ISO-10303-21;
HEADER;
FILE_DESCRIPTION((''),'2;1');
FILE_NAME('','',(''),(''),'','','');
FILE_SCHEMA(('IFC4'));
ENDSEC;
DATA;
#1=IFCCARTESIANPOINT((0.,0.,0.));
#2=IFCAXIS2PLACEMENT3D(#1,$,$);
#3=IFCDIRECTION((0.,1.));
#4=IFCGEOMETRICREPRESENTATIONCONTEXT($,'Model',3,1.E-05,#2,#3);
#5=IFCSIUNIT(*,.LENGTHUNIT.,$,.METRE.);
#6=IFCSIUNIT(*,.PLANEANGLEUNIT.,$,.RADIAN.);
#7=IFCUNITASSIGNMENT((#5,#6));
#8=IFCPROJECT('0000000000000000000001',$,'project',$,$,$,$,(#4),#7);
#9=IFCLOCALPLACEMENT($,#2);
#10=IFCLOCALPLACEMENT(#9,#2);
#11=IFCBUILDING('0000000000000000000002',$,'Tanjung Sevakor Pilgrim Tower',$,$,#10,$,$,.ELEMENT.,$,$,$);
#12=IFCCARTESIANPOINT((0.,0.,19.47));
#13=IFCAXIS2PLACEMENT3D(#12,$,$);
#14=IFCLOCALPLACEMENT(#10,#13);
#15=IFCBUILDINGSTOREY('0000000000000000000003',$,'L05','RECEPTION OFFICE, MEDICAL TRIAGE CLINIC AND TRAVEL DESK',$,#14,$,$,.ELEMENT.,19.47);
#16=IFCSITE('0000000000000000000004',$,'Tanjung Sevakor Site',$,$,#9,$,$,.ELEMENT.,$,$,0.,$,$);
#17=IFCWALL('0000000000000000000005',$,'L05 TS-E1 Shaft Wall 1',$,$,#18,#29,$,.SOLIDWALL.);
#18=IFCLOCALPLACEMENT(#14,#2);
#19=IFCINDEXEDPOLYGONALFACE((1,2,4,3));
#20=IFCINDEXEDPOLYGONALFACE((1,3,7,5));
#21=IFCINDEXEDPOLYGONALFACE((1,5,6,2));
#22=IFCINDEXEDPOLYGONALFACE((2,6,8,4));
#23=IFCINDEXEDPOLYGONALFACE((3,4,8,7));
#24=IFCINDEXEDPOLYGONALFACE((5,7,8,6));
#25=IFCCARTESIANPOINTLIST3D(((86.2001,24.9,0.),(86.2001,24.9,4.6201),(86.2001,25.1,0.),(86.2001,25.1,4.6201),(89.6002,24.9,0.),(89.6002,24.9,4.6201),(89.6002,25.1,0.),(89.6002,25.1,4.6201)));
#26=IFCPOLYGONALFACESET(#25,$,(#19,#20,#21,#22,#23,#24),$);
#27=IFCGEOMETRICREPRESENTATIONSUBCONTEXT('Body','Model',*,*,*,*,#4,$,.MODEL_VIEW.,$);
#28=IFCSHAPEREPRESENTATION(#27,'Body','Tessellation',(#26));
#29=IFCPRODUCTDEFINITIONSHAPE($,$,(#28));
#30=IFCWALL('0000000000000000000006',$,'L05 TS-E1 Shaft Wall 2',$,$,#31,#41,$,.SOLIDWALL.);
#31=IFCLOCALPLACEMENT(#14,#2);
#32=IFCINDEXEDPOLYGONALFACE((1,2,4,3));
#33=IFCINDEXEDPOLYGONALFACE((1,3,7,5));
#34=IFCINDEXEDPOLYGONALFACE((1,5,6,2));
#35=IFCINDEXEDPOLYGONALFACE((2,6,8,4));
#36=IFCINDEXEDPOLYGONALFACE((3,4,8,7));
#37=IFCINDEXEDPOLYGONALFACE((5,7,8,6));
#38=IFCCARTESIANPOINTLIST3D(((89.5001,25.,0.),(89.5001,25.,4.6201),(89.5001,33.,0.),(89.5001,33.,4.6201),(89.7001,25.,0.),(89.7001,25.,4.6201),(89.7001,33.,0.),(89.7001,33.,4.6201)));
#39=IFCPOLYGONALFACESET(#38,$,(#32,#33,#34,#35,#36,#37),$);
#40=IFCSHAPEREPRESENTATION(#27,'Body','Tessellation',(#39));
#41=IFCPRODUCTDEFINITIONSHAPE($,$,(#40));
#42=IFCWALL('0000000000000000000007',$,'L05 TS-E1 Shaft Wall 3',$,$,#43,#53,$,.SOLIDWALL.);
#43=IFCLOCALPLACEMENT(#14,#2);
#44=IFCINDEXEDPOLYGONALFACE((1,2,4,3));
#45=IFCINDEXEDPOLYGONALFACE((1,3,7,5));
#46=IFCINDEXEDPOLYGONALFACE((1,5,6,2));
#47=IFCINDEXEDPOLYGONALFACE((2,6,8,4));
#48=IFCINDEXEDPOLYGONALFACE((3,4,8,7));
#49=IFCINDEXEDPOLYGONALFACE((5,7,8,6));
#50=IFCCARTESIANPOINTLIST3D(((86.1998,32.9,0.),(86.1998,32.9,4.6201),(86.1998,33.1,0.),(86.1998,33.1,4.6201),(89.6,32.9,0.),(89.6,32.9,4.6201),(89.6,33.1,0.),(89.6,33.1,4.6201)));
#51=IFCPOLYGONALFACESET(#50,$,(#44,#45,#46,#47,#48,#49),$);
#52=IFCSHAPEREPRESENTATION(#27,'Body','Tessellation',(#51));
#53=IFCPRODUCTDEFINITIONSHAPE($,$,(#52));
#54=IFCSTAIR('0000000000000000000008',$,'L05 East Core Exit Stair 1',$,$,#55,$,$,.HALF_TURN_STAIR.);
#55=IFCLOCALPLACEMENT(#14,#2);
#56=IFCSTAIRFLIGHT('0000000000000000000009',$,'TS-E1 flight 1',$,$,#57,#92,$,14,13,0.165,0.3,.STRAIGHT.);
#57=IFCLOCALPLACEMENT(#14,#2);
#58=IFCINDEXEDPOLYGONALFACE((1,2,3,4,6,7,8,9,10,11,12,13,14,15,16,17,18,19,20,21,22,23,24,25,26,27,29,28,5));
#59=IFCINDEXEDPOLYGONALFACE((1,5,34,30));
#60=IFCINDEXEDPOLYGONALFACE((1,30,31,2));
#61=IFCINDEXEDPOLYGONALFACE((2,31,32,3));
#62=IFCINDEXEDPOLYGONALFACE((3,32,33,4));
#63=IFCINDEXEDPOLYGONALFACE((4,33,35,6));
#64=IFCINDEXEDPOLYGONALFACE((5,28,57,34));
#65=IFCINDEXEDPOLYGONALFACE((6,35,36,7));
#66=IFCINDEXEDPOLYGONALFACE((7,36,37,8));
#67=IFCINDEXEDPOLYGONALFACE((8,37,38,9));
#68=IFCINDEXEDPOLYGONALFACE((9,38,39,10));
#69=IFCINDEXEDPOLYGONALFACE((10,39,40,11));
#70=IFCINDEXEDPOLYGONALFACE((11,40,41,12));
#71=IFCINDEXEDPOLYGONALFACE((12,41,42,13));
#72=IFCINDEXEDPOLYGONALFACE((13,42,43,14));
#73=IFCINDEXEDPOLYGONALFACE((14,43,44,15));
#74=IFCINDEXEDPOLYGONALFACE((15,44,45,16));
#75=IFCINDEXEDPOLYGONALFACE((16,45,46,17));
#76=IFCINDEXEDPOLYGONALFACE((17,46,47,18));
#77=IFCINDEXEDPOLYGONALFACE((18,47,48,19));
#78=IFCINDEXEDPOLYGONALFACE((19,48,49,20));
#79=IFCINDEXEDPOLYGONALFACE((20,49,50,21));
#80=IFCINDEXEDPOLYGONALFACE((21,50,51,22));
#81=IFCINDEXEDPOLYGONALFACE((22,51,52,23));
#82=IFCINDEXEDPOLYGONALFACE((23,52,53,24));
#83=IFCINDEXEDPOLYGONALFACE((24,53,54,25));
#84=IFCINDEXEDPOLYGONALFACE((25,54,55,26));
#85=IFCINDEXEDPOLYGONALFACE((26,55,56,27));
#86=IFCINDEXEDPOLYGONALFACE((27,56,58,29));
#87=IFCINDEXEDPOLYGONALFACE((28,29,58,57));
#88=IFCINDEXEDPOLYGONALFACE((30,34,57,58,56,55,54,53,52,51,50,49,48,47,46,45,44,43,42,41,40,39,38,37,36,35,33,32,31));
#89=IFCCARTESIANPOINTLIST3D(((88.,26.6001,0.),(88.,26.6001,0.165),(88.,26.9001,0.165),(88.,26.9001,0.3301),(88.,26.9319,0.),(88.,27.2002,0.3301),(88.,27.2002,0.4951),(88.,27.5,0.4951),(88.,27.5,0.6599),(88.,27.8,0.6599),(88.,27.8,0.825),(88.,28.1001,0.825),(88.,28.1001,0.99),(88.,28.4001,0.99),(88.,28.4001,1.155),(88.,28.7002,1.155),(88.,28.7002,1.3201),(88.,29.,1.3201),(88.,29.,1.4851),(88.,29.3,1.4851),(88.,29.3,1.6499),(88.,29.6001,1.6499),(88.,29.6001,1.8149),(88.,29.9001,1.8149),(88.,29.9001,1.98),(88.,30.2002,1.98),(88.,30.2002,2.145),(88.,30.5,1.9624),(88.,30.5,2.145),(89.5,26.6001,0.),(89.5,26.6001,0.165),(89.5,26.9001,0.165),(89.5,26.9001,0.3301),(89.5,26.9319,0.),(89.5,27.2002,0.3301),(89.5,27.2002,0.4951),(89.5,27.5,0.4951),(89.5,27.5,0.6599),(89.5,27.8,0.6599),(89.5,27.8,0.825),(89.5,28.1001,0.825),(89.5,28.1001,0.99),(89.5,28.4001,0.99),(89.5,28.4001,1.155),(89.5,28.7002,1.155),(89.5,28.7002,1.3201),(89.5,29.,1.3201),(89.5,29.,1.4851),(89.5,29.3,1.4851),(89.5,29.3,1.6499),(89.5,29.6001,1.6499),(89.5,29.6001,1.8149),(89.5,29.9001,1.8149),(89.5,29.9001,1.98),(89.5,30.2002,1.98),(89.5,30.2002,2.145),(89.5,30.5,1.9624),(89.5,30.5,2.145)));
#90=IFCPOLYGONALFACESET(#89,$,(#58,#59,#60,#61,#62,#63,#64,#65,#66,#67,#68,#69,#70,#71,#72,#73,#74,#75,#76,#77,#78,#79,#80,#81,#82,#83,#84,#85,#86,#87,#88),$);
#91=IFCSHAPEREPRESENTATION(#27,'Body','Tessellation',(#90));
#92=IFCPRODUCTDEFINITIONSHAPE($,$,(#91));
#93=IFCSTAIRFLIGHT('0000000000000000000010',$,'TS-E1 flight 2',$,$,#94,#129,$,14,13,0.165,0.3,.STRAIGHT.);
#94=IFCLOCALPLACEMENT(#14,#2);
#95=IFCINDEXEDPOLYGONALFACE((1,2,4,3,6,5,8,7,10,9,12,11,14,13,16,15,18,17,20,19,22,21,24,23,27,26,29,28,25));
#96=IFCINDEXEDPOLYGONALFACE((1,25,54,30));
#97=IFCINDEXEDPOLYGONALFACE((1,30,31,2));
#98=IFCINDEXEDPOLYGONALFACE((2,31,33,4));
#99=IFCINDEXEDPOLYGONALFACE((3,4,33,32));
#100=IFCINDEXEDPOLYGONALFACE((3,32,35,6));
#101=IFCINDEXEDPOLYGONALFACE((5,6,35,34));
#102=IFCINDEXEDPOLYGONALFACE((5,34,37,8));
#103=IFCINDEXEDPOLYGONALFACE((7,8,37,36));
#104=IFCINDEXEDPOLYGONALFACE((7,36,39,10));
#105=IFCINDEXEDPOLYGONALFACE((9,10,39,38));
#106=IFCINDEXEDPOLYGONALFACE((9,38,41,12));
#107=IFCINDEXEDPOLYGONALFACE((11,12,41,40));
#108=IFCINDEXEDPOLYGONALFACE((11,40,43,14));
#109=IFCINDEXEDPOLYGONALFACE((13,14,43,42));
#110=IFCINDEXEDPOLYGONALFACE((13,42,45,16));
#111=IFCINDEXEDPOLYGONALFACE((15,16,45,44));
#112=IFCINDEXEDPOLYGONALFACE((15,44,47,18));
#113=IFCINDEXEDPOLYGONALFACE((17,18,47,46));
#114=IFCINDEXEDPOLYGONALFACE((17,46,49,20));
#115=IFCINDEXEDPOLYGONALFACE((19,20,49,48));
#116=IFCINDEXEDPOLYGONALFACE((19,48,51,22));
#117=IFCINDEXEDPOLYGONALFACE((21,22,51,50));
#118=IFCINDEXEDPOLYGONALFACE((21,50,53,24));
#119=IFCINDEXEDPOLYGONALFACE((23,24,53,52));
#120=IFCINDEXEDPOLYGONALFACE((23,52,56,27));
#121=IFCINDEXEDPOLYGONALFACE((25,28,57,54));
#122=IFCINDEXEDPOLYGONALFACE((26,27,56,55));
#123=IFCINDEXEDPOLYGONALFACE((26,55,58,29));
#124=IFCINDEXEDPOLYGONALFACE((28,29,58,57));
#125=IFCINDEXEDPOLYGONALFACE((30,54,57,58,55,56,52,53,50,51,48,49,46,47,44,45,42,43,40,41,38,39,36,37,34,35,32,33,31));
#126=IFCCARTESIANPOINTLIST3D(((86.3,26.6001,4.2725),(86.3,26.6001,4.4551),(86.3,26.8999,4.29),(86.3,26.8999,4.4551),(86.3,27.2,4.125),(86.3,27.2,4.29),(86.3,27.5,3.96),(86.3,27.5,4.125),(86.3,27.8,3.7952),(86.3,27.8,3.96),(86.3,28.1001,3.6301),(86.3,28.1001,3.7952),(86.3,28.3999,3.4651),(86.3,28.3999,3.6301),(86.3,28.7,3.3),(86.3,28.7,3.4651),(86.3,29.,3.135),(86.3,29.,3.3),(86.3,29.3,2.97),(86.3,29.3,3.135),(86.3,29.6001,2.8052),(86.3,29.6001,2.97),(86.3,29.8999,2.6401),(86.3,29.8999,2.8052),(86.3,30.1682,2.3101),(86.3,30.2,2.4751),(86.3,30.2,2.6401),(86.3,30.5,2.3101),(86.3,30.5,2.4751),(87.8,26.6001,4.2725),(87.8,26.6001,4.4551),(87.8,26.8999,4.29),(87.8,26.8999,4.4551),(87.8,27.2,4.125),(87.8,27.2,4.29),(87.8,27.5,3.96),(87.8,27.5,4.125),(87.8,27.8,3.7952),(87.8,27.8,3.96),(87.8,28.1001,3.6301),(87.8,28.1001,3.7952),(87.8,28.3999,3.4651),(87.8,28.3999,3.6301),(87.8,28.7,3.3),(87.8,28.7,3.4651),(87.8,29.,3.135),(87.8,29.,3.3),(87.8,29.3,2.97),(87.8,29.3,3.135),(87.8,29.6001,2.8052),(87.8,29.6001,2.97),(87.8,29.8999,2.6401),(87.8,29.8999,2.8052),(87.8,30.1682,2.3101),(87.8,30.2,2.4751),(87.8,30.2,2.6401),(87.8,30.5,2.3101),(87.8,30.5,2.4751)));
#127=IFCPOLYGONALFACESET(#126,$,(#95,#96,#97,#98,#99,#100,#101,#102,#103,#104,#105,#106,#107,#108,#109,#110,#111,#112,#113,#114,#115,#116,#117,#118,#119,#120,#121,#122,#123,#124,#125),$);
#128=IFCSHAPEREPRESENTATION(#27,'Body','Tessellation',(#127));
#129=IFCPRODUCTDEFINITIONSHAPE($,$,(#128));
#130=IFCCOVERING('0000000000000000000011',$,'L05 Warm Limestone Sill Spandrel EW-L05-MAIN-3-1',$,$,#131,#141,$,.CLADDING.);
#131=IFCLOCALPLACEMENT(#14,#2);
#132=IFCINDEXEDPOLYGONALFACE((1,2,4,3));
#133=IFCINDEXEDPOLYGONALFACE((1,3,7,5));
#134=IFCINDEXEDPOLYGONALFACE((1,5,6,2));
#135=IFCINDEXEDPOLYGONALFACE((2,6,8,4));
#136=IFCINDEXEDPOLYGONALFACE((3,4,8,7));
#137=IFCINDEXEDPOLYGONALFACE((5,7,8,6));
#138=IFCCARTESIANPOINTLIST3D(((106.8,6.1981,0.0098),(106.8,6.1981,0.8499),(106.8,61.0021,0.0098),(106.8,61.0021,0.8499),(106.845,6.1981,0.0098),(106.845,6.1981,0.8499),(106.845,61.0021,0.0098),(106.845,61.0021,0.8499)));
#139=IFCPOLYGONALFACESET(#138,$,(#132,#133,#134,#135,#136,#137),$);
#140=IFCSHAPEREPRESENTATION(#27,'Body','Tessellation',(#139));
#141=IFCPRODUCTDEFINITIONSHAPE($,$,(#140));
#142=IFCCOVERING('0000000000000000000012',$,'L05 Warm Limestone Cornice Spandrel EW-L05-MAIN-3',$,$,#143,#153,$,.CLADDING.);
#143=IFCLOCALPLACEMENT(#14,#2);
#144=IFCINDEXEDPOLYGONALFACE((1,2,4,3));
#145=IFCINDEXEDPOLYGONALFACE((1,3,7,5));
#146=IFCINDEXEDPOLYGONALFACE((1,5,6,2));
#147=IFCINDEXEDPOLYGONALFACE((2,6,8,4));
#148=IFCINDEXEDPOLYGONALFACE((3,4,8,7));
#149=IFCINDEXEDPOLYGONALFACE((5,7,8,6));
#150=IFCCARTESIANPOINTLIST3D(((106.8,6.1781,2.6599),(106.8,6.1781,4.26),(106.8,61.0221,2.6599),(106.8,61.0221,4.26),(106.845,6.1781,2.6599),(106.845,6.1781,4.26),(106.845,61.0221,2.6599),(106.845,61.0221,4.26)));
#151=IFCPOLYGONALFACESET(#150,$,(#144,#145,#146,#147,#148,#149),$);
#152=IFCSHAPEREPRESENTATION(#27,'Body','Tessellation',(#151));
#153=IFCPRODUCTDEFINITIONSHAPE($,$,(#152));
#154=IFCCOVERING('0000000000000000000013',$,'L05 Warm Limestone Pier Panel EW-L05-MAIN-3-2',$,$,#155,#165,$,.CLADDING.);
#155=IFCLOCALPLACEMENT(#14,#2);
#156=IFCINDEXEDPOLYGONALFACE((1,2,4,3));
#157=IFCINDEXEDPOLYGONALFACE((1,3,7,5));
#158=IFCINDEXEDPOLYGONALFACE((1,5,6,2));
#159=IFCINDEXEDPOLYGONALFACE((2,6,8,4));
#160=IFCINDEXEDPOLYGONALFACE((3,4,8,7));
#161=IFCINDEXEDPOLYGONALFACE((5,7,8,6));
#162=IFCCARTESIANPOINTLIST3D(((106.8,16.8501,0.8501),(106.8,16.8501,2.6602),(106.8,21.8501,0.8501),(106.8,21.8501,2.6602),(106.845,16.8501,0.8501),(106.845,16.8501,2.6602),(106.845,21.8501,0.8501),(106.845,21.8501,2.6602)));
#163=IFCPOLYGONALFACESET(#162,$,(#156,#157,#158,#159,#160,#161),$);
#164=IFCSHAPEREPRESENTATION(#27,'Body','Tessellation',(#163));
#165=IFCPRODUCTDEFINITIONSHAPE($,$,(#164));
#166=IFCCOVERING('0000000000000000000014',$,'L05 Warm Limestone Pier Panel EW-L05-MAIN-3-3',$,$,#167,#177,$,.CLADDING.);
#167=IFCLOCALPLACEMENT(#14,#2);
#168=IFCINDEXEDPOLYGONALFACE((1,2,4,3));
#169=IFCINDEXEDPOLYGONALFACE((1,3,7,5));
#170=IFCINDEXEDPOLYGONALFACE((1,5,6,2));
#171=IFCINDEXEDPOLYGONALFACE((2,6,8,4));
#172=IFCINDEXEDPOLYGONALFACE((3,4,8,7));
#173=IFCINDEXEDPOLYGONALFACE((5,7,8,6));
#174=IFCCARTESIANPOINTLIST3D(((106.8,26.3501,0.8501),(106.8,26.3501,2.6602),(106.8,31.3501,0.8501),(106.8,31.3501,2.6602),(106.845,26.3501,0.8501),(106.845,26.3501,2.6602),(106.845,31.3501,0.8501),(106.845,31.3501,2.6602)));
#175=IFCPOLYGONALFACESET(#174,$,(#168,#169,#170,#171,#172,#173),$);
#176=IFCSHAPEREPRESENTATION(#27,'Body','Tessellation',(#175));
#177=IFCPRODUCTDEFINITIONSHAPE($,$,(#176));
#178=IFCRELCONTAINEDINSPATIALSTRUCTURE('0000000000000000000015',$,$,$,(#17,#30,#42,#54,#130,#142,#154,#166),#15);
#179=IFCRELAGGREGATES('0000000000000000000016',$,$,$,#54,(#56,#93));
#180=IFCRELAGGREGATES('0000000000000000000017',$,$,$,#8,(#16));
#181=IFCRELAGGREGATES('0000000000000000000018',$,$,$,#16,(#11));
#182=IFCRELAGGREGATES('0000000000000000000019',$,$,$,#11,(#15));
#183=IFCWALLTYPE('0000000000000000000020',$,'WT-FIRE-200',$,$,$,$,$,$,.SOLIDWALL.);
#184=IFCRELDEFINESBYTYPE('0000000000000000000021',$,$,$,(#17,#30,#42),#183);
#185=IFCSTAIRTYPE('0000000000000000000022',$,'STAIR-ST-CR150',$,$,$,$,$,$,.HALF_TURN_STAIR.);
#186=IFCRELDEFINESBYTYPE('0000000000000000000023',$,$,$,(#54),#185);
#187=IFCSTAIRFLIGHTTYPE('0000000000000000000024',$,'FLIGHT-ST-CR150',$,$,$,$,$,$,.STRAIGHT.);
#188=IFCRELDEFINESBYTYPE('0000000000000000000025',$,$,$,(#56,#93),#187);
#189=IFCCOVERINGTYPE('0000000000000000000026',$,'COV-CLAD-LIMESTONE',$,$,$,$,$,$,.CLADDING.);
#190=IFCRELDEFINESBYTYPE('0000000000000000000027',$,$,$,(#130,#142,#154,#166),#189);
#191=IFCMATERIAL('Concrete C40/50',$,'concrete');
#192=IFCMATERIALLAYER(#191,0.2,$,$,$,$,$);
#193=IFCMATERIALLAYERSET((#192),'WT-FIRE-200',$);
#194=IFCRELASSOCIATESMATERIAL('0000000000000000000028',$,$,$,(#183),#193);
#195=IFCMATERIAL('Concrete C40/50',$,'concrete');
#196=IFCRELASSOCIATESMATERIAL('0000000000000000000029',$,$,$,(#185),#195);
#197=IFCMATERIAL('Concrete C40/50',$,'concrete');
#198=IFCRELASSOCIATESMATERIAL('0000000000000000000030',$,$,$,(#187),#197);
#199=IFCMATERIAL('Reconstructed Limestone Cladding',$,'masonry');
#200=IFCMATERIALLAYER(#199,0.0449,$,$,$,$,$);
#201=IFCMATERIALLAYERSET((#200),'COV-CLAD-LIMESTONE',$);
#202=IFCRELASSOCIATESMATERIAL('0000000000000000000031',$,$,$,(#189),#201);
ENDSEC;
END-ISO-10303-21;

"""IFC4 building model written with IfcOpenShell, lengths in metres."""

from ifc_helpers import new_model, si_unit, direction, frame, frame_2d, origin, origin_2d, place, context, subcontext, project, spatial, polyline, rectangle, outline, extrude, material, layer, layer_set, type_object, element, aggregate, save


model = new_model("IFC4")

# Units and contexts
model_context = context("Model", 3, precision=1e-05, world=origin(), true_north=direction((0.0, 1.0)))
body_context = subcontext(model_context, "Body", "Model", "MODEL_VIEW")
ifc_project = project(units=[si_unit("LENGTHUNIT", "METRE"), si_unit("PLANEANGLEUNIT", "RADIAN")], contexts=[model_context])

# Site, building, storey
site_placement = place(None, origin())
site = spatial("IfcSite", under=ifc_project, at=site_placement, Name="Tanjung Sevakor Site", CompositionType="ELEMENT", RefElevation=0.0)
building_placement = place(site_placement, origin())
building = spatial("IfcBuilding", under=site, at=building_placement, Name="Tanjung Sevakor Pilgrim Tower", CompositionType="ELEMENT")
storey_placement = place(building_placement, frame((0.0, 0.0, 19.47)))
storey = spatial("IfcBuildingStorey", under=building, at=storey_placement, Name="L05", Description="RECEPTION OFFICE, MEDICAL TRIAGE CLINIC AND TRAVEL DESK", CompositionType="ELEMENT", Elevation=19.47)

# Walls
ifc_material_1 = material(Name="Concrete C40/50", Category="concrete")
ifc_layer_1 = layer(ifc_material_1, 0.2)
ifc_layer_set_1 = layer_set([ifc_layer_1], Name="WT-FIRE-200")
wall_type_1 = type_object("IfcWallType", Name="WT-FIRE-200", PredefinedType="SOLIDWALL", material=ifc_layer_set_1)
wall_1_placement = place(storey_placement, frame((86.2, 25.0, 0.0), z_axis=(0.0, 0.0, 1.0), x_axis=(1.0, 0.0, 0.0)))
element("IfcWall", 1, at=wall_1_placement, inside=storey, type_object=wall_type_1, Name="L05 TS-E1 Shaft Wall 1", PredefinedType="SOLIDWALL", context=body_context, shape_type="SweptSolid", body=[
    extrude(rectangle(XDim=3.4001, YDim=0.2, at=frame_2d((1.7002, 0.0))), origin(), (0.0, 0.0, 1.0), 4.6201),
])
wall_2_placement = place(storey_placement, frame((89.6001, 25.0, 0.0), z_axis=(0.0, 0.0, 1.0), x_axis=(0.0, 1.0, 0.0)))
element("IfcWall", 2, at=wall_2_placement, inside=storey, type_object=wall_type_1, Name="L05 TS-E1 Shaft Wall 2", PredefinedType="SOLIDWALL", context=body_context, shape_type="SweptSolid", body=[
    extrude(rectangle(XDim=8.0, YDim=0.2, at=frame_2d((4.0, 0.0))), origin(), (0.0, 0.0, 1.0), 4.6201),
])
wall_3_placement = place(storey_placement, frame((89.6001, 33.0, 0.0), z_axis=(0.0, 0.0, 1.0), x_axis=(-1.0, 0.0, 0.0)))
element("IfcWall", 3, at=wall_3_placement, inside=storey, type_object=wall_type_1, Name="L05 TS-E1 Shaft Wall 3", PredefinedType="SOLIDWALL", context=body_context, shape_type="SweptSolid", body=[
    extrude(rectangle(XDim=3.4001, YDim=0.2, at=frame_2d((1.7002, 0.0))), origin(), (0.0, 0.0, 1.0), 4.6201),
])

# Stair, stair flights
ifc_material_2 = material(Name="Concrete C40/50", Category="concrete")
stair_type = type_object("IfcStairType", Name="STAIR-ST-CR150", PredefinedType="HALF_TURN_STAIR", material=ifc_material_2)
stair_placement = place(storey_placement, origin())
stair = element("IfcStair", 4, at=stair_placement, inside=storey, type_object=stair_type, Name="L05 East Core Exit Stair 1", PredefinedType="HALF_TURN_STAIR")
ifc_material_3 = material(Name="Concrete C40/50", Category="concrete")
stair_flight_type = type_object("IfcStairFlightType", Name="FLIGHT-ST-CR150", PredefinedType="STRAIGHT", material=ifc_material_3)
stair_flight_1_placement = place(storey_placement, frame((88.75, 26.6001, 0.0), z_axis=(0.0, 0.0, 1.0), x_axis=(0.0, 1.0, 0.0)))
stair_flight_1 = element("IfcStairFlight", 5, at=stair_flight_1_placement, type_object=stair_flight_type, Name="TS-E1 flight 1", NumberOfRisers=14, NumberOfTreads=13, PredefinedType="STRAIGHT", RiserHeight=0.165, TreadLength=0.3, context=body_context, shape_type="SweptSolid", body=[
    extrude(outline(polyline([(0.0, 0.0), (0.0, 0.165), (0.3, 0.165), (0.3, 0.3301), (0.6001, 0.3301), (0.6001, 0.4951), (0.8999, 0.4951), (0.8999, 0.6599), (1.2, 0.6599), (1.2, 0.825), (1.5, 0.825), (1.5, 0.99), (1.8, 0.99), (1.8, 1.155), (2.1001, 1.155), (2.1001, 1.3201), (2.3999, 1.3201), (2.3999, 1.4851), (2.7, 1.4851), (2.7, 1.6499), (3.0, 1.6499), (3.0, 1.8149), (3.3, 1.8149), (3.3, 1.98), (3.6001, 1.98), (3.6001, 2.145), (3.8999, 2.145), (3.8999, 2.3101), (3.8999, 1.9624), (0.3318, 0.0), (0.0, 0.0)])), frame((0.0, 0.75, 0.0), z_axis=(0.0, -1.0, 0.0), x_axis=(1.0, 0.0, 0.0)), (0.0, 0.0, 1.0), 1.5),
])
stair_flight_2_placement = place(storey_placement, frame((87.05, 30.5, 2.3101), z_axis=(0.0, 0.0, 1.0), x_axis=(0.0, -1.0, 0.0)))
stair_flight_2 = element("IfcStairFlight", 6, at=stair_flight_2_placement, type_object=stair_flight_type, Name="TS-E1 flight 2", NumberOfRisers=14, NumberOfTreads=13, PredefinedType="STRAIGHT", RiserHeight=0.165, TreadLength=0.3, context=body_context, shape_type="SweptSolid", body=[
    extrude(outline(polyline([(0.0, 0.0), (0.0, 0.165), (0.3, 0.165), (0.3, 0.3301), (0.6001, 0.3301), (0.6001, 0.4951), (0.8999, 0.4951), (0.8999, 0.6599), (1.2, 0.6599), (1.2, 0.825), (1.5, 0.825), (1.5, 0.99), (1.8, 0.99), (1.8, 1.155), (2.1001, 1.155), (2.1001, 1.3201), (2.3999, 1.3201), (2.3999, 1.4851), (2.7, 1.4851), (2.7, 1.6499), (3.0, 1.6499), (3.0, 1.8149), (3.3, 1.8149), (3.3, 1.98), (3.6001, 1.98), (3.6001, 2.145), (3.8999, 2.145), (3.8999, 2.3101), (3.8999, 1.9624), (0.3318, 0.0), (0.0, 0.0)])), frame((0.0, 0.75, 0.0), z_axis=(0.0, -1.0, 0.0), x_axis=(1.0, 0.0, 0.0)), (0.0, 0.0, 1.0), 1.5),
])
aggregate(stair, [stair_flight_1, stair_flight_2])

# Coverings
ifc_material_4 = material(Name="Reconstructed Limestone Cladding", Category="masonry")
ifc_layer_2 = layer(ifc_material_4, 0.0449)
ifc_layer_set_2 = layer_set([ifc_layer_2], Name="COV-CLAD-LIMESTONE")
covering_type = type_object("IfcCoveringType", Name="COV-CLAD-LIMESTONE", PredefinedType="CLADDING", material=ifc_layer_set_2)
covering_1_placement = place(storey_placement, frame((106.8225, 33.6001, 0.0098), z_axis=(0.0, 0.0, 1.0), x_axis=(0.0, 1.0, 0.0)))
element("IfcCovering", 7, at=covering_1_placement, inside=storey, type_object=covering_type, Name="L05 Warm Limestone Sill Spandrel EW-L05-MAIN-3-1", PredefinedType="CLADDING", context=body_context, shape_type="SweptSolid", body=[
    extrude(rectangle(XDim=54.804, YDim=0.0449, at=origin_2d()), origin(), (0.0, 0.0, 1.0), 0.8401),
])
covering_2_placement = place(storey_placement, frame((106.8225, 33.6001, 2.6599), z_axis=(0.0, 0.0, 1.0), x_axis=(0.0, 1.0, 0.0)))
element("IfcCovering", 8, at=covering_2_placement, inside=storey, type_object=covering_type, Name="L05 Warm Limestone Cornice Spandrel EW-L05-MAIN-3", PredefinedType="CLADDING", context=body_context, shape_type="SweptSolid", body=[
    extrude(rectangle(XDim=54.844, YDim=0.0449, at=origin_2d()), origin(), (0.0, 0.0, 1.0), 1.6001),
])
for number, where, z_axis, x_axis, name in (
    (9, (106.8225, 19.3501, 0.8501), (0.0, 0.0, 1.0), (0.0, 1.0, 0.0), "L05 Warm Limestone Pier Panel EW-L05-MAIN-3-2"),
    (10, (106.8225, 28.8501, 0.8501), (0.0, 0.0, 1.0), (0.0, 1.0, 0.0), "L05 Warm Limestone Pier Panel EW-L05-MAIN-3-3"),
):
    element("IfcCovering", number, at=place(storey_placement, frame(where, z_axis=z_axis, x_axis=x_axis)), inside=storey, type_object=covering_type, Name=name, PredefinedType="CLADDING", context=body_context, shape_type="SweptSolid", body=[
        extrude(rectangle(XDim=5.0, YDim=0.0449, at=origin_2d()), origin(), (0.0, 0.0, 1.0), 1.8101),
    ])

save(model, "model.ifc")
